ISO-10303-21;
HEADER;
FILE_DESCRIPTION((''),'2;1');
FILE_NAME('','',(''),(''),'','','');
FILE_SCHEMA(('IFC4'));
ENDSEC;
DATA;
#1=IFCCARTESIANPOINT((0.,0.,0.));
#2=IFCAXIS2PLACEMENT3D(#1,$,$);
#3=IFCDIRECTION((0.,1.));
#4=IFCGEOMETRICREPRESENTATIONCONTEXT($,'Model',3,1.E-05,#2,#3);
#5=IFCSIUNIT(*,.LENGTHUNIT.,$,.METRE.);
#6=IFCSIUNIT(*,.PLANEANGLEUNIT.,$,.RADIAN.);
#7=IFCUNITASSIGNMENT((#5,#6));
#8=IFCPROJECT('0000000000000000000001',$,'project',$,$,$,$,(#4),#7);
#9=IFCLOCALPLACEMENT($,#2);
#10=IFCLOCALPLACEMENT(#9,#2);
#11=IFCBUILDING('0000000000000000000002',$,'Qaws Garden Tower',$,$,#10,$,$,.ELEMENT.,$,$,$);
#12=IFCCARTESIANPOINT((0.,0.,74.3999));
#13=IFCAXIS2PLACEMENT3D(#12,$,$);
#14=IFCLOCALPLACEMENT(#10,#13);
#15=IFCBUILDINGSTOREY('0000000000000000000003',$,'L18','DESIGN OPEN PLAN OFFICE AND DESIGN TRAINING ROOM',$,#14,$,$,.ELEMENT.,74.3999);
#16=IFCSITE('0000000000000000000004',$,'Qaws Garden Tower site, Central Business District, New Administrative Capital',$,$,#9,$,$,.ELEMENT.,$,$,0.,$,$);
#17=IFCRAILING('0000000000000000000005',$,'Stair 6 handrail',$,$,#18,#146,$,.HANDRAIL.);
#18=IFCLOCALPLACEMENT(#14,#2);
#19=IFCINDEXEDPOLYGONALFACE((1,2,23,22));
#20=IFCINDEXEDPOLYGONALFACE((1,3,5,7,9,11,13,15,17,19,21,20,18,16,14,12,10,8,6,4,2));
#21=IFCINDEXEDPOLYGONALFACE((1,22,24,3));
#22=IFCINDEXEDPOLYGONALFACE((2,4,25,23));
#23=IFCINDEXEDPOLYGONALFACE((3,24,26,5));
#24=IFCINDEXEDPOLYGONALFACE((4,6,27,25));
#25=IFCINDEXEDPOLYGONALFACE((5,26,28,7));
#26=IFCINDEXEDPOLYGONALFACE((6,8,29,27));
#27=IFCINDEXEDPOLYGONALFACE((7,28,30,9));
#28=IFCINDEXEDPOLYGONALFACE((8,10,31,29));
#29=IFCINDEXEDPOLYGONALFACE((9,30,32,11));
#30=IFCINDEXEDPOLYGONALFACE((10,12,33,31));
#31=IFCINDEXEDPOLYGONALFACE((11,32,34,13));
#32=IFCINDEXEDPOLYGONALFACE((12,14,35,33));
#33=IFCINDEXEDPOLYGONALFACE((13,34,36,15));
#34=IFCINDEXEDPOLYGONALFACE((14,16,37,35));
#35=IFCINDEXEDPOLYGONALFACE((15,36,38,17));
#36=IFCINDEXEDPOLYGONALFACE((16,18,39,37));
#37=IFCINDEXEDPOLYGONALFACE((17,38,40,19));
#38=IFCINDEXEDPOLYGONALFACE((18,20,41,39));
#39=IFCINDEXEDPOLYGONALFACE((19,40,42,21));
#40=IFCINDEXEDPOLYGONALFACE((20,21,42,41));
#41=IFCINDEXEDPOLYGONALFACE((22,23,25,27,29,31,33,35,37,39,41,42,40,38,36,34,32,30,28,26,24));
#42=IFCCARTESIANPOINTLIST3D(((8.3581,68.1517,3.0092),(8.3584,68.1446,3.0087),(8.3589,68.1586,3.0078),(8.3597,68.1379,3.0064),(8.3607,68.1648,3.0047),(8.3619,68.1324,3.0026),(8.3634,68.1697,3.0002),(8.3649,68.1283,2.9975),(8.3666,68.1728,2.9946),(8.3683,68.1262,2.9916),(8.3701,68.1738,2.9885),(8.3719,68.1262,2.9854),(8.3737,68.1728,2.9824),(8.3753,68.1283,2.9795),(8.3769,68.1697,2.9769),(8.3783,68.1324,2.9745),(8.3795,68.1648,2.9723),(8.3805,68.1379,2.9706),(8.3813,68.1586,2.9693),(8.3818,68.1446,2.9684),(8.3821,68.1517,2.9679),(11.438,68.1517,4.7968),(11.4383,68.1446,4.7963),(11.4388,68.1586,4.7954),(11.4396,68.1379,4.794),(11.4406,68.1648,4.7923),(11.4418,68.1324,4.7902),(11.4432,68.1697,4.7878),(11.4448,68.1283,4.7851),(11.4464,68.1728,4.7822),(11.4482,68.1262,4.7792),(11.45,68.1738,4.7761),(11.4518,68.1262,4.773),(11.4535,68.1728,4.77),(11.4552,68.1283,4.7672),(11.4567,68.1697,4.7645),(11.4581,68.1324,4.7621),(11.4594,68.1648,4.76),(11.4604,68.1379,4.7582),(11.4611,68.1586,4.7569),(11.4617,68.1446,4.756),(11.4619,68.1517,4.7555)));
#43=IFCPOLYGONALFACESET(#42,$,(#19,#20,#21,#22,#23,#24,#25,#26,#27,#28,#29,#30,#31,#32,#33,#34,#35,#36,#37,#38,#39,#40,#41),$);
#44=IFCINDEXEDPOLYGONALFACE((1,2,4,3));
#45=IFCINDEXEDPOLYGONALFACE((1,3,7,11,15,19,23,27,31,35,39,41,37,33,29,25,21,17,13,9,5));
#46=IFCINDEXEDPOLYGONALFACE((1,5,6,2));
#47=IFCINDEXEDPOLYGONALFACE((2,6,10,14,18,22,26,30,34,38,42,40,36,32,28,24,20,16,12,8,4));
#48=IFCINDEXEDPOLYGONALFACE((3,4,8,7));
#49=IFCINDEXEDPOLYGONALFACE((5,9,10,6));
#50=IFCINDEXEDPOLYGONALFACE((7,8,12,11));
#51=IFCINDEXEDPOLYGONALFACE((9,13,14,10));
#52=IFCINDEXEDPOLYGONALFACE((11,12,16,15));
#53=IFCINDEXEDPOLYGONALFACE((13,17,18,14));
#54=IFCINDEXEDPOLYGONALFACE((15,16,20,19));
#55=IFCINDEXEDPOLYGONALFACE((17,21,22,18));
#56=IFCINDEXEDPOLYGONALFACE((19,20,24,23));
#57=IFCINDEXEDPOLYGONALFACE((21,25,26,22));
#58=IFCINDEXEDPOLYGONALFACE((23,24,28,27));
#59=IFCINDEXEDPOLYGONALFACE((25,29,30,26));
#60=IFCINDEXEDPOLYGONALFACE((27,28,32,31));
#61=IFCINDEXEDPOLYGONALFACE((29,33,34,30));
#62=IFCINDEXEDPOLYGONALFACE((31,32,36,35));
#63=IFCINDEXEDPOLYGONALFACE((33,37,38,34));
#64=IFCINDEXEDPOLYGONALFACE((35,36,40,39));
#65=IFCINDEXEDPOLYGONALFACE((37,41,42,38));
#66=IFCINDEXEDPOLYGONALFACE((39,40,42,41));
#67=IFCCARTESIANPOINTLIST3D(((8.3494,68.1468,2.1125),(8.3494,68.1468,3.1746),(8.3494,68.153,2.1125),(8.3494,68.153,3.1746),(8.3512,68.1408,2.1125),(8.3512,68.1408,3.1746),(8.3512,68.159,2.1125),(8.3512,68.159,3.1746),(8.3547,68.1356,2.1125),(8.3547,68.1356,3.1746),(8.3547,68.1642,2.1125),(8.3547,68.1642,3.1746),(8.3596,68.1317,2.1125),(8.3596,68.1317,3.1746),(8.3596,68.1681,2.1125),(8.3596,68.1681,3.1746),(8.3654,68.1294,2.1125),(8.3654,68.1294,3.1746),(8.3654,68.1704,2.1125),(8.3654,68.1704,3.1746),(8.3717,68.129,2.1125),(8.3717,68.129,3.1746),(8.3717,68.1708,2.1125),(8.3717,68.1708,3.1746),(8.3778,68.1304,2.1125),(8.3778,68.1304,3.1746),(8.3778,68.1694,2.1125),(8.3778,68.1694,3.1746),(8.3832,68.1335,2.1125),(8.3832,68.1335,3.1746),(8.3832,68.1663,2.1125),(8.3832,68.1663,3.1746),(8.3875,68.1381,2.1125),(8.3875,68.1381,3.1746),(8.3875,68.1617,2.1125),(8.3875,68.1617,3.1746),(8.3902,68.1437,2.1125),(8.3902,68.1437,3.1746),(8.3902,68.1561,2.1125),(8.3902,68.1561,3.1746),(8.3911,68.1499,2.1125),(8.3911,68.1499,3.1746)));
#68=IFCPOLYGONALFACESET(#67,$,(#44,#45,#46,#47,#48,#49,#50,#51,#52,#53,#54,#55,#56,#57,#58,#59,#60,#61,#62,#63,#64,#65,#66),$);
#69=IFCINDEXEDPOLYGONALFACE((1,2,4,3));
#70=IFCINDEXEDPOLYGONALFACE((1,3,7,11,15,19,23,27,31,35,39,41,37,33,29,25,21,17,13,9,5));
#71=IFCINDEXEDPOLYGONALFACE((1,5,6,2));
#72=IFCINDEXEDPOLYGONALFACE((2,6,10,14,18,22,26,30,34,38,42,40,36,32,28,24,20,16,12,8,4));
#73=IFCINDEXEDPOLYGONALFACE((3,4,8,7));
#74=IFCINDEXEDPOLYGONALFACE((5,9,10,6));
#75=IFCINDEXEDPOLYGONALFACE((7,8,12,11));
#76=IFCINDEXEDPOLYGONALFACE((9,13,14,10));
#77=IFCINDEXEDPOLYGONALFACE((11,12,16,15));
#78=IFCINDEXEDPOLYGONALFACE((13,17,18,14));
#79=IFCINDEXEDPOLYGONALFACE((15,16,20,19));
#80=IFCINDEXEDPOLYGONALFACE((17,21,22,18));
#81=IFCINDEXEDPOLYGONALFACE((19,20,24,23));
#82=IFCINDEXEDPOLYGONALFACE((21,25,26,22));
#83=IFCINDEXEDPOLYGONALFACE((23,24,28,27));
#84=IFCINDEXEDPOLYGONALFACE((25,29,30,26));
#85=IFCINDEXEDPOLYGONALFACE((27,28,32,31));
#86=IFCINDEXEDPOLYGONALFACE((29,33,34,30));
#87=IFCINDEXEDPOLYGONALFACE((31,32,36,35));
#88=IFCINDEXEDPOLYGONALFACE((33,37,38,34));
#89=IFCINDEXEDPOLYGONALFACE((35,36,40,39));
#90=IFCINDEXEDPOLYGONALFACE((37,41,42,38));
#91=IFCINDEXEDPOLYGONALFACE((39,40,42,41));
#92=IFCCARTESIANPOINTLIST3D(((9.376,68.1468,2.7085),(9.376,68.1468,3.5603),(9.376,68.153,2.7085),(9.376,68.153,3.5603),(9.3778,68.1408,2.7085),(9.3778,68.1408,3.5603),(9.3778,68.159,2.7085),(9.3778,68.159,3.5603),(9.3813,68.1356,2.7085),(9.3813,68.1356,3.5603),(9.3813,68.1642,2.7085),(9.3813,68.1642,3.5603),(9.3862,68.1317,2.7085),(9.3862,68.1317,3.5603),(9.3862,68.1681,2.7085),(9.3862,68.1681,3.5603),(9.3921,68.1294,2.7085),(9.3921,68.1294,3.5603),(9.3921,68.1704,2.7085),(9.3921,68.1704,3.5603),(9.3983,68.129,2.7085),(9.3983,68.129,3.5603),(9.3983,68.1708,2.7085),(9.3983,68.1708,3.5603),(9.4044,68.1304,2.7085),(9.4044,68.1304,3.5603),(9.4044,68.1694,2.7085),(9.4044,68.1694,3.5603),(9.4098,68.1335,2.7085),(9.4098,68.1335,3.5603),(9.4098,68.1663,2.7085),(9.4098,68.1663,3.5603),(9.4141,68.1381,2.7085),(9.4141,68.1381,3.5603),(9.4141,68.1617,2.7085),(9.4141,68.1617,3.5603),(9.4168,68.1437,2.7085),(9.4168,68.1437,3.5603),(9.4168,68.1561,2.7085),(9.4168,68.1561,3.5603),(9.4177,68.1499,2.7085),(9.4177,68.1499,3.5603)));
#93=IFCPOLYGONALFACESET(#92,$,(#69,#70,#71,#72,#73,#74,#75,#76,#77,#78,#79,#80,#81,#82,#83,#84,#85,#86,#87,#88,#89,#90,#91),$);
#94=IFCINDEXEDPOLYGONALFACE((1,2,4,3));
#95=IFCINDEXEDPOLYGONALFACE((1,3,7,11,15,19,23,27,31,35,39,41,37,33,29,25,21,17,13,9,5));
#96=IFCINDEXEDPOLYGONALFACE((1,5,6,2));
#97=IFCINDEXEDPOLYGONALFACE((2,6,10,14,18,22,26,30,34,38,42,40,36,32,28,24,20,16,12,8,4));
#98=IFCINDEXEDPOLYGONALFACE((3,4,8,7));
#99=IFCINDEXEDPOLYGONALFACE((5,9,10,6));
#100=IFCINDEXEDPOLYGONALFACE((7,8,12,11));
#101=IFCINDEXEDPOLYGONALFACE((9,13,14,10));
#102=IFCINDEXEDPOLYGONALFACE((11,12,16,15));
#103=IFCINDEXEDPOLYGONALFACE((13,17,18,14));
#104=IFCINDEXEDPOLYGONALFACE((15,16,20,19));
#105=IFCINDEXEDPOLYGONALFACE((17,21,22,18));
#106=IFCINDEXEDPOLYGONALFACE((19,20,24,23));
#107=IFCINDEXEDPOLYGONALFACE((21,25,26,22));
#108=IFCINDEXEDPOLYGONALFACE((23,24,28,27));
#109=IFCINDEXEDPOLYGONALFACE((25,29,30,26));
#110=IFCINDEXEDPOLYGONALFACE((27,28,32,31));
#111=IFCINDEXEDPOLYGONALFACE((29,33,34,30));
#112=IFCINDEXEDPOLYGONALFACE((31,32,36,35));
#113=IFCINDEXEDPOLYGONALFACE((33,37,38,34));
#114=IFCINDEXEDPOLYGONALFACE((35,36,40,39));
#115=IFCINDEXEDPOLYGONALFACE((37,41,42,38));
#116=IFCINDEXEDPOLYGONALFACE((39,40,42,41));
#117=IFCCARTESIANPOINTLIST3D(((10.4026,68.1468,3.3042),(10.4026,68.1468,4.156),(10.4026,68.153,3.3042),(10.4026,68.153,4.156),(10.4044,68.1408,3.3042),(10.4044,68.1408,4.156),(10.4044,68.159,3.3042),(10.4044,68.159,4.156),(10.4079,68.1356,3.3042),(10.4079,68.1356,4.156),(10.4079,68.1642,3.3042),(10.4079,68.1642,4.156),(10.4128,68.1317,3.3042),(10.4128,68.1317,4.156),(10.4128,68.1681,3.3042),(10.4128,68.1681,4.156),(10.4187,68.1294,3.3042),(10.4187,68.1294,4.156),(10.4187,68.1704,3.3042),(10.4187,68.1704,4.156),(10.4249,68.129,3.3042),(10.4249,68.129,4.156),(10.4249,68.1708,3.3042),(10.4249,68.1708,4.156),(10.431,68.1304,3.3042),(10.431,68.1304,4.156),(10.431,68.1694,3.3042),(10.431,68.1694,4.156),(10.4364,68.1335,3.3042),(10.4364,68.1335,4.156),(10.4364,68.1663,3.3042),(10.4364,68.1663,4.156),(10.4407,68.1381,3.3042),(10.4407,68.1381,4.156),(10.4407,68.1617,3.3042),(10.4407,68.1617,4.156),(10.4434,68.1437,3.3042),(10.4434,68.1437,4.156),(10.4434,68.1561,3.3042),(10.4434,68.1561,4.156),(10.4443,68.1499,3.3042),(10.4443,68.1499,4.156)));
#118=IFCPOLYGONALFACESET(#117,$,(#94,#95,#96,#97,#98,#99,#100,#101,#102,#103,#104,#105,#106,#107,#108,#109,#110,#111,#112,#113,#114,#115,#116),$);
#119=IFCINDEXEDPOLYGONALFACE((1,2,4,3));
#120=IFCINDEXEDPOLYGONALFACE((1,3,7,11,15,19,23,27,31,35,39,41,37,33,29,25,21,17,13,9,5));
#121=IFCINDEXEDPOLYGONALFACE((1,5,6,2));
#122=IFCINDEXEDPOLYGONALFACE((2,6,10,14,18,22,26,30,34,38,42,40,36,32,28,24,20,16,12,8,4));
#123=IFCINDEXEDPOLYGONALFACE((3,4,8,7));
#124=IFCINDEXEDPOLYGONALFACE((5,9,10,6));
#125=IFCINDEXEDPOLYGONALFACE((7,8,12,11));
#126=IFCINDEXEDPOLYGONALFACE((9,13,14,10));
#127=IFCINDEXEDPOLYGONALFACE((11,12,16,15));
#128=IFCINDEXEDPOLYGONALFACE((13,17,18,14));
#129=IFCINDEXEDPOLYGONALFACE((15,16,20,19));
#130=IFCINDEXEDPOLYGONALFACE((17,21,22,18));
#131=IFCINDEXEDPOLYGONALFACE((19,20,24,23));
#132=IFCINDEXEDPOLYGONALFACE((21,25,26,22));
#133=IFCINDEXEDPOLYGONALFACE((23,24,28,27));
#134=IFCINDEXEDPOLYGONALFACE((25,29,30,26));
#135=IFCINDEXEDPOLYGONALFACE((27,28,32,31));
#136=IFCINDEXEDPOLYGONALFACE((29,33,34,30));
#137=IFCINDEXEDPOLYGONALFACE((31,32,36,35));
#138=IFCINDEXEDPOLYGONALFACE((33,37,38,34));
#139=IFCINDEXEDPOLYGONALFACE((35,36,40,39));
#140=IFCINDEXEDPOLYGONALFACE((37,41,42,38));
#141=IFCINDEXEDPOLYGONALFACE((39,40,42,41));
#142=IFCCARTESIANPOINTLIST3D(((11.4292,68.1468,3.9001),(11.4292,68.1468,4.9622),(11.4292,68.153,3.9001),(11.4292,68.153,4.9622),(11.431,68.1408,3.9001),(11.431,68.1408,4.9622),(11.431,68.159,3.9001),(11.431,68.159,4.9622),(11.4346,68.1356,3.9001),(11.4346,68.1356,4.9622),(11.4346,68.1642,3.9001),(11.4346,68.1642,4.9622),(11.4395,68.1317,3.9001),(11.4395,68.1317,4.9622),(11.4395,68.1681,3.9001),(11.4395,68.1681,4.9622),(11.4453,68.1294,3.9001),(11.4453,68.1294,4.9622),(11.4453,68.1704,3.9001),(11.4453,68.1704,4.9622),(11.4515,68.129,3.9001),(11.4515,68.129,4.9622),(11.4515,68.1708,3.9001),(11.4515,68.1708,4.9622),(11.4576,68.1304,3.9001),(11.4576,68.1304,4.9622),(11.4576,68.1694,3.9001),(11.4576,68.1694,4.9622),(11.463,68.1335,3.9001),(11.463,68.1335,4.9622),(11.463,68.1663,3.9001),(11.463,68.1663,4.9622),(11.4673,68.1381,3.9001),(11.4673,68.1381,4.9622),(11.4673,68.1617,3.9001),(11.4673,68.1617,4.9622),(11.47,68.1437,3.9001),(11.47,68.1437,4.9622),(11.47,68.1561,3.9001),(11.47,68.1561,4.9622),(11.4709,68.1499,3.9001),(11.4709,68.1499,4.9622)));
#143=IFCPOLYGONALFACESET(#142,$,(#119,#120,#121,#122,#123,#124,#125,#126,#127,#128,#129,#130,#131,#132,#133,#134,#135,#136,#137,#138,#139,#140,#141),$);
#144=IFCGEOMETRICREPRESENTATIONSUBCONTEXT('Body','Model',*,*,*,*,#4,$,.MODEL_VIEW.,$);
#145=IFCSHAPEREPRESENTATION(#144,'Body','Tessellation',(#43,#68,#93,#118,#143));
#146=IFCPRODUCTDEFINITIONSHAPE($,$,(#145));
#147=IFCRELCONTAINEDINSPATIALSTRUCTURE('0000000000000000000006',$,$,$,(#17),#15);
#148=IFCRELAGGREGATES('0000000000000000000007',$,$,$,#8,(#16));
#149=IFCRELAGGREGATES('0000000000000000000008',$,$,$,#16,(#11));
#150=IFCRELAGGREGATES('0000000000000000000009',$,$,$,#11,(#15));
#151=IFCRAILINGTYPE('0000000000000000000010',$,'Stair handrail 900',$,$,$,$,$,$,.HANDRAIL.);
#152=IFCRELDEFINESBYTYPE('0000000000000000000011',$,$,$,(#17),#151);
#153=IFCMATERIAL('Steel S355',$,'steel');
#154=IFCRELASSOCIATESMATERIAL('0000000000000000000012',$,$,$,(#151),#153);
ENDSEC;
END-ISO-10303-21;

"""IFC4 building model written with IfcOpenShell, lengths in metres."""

from ifc_helpers import new_model, si_unit, direction, frame, origin, origin_2d, place, context, subcontext, project, spatial, circle, extrude, material, type_object, element, save


model = new_model("IFC4")

# Units and contexts
model_context = context("Model", 3, precision=1e-05, world=origin(), true_north=direction((0.0, 1.0)))
body_context = subcontext(model_context, "Body", "Model", "MODEL_VIEW")
ifc_project = project(units=[si_unit("LENGTHUNIT", "METRE"), si_unit("PLANEANGLEUNIT", "RADIAN")], contexts=[model_context])

# Site, building, storey
site_placement = place(None, origin())
site = spatial("IfcSite", under=ifc_project, at=site_placement, Name="Qaws Garden Tower site, Central Business District, New Administrative Capital", CompositionType="ELEMENT", RefElevation=0.0)
building_placement = place(site_placement, origin())
building = spatial("IfcBuilding", under=site, at=building_placement, Name="Qaws Garden Tower", CompositionType="ELEMENT")
storey_placement = place(building_placement, frame((0.0, 0.0, 74.3999)))
storey = spatial("IfcBuildingStorey", under=building, at=storey_placement, Name="L18", Description="DESIGN OPEN PLAN OFFICE AND DESIGN TRAINING ROOM", CompositionType="ELEMENT", Elevation=74.3999)

# Railing
ifc_material_1 = material(Name="Steel S355", Category="steel")
railing_type = type_object("IfcRailingType", Name="Stair handrail 900", PredefinedType="HANDRAIL", material=ifc_material_1)
railing_1_placement = place(storey_placement, frame((8.3701, 68.1499, 2.1125)))
element("IfcRailing", 1, at=railing_1_placement, inside=storey, type_object=railing_type, Name="Stair 6 handrail", PredefinedType="HANDRAIL", context=body_context, shape_type="SweptSolid", body=[
    extrude(circle(Radius=0.0239, at=origin_2d()), frame((0.0, 0.0, 0.876), z_axis=(0.864873, 0.0, 0.50199), x_axis=(0.0, 1.0, 0.0)), (0.0, 0.0, 1.0), 3.561),
    extrude(circle(Radius=0.021, at=origin_2d()), origin(), (0.0, 0.0, 1.0), 1.062),
    extrude(circle(Radius=0.021, at=origin_2d()), frame((1.0266, 0.0, 0.5959)), (0.0, 0.0, 1.0), 0.8518),
    extrude(circle(Radius=0.021, at=origin_2d()), frame((2.0532, 0.0, 1.1917)), (0.0, 0.0, 1.0), 0.8518),
    extrude(circle(Radius=0.021, at=origin_2d()), frame((3.0798, 0.0, 1.7876)), (0.0, 0.0, 1.0), 1.062),
])

save(model, "model.ifc")
